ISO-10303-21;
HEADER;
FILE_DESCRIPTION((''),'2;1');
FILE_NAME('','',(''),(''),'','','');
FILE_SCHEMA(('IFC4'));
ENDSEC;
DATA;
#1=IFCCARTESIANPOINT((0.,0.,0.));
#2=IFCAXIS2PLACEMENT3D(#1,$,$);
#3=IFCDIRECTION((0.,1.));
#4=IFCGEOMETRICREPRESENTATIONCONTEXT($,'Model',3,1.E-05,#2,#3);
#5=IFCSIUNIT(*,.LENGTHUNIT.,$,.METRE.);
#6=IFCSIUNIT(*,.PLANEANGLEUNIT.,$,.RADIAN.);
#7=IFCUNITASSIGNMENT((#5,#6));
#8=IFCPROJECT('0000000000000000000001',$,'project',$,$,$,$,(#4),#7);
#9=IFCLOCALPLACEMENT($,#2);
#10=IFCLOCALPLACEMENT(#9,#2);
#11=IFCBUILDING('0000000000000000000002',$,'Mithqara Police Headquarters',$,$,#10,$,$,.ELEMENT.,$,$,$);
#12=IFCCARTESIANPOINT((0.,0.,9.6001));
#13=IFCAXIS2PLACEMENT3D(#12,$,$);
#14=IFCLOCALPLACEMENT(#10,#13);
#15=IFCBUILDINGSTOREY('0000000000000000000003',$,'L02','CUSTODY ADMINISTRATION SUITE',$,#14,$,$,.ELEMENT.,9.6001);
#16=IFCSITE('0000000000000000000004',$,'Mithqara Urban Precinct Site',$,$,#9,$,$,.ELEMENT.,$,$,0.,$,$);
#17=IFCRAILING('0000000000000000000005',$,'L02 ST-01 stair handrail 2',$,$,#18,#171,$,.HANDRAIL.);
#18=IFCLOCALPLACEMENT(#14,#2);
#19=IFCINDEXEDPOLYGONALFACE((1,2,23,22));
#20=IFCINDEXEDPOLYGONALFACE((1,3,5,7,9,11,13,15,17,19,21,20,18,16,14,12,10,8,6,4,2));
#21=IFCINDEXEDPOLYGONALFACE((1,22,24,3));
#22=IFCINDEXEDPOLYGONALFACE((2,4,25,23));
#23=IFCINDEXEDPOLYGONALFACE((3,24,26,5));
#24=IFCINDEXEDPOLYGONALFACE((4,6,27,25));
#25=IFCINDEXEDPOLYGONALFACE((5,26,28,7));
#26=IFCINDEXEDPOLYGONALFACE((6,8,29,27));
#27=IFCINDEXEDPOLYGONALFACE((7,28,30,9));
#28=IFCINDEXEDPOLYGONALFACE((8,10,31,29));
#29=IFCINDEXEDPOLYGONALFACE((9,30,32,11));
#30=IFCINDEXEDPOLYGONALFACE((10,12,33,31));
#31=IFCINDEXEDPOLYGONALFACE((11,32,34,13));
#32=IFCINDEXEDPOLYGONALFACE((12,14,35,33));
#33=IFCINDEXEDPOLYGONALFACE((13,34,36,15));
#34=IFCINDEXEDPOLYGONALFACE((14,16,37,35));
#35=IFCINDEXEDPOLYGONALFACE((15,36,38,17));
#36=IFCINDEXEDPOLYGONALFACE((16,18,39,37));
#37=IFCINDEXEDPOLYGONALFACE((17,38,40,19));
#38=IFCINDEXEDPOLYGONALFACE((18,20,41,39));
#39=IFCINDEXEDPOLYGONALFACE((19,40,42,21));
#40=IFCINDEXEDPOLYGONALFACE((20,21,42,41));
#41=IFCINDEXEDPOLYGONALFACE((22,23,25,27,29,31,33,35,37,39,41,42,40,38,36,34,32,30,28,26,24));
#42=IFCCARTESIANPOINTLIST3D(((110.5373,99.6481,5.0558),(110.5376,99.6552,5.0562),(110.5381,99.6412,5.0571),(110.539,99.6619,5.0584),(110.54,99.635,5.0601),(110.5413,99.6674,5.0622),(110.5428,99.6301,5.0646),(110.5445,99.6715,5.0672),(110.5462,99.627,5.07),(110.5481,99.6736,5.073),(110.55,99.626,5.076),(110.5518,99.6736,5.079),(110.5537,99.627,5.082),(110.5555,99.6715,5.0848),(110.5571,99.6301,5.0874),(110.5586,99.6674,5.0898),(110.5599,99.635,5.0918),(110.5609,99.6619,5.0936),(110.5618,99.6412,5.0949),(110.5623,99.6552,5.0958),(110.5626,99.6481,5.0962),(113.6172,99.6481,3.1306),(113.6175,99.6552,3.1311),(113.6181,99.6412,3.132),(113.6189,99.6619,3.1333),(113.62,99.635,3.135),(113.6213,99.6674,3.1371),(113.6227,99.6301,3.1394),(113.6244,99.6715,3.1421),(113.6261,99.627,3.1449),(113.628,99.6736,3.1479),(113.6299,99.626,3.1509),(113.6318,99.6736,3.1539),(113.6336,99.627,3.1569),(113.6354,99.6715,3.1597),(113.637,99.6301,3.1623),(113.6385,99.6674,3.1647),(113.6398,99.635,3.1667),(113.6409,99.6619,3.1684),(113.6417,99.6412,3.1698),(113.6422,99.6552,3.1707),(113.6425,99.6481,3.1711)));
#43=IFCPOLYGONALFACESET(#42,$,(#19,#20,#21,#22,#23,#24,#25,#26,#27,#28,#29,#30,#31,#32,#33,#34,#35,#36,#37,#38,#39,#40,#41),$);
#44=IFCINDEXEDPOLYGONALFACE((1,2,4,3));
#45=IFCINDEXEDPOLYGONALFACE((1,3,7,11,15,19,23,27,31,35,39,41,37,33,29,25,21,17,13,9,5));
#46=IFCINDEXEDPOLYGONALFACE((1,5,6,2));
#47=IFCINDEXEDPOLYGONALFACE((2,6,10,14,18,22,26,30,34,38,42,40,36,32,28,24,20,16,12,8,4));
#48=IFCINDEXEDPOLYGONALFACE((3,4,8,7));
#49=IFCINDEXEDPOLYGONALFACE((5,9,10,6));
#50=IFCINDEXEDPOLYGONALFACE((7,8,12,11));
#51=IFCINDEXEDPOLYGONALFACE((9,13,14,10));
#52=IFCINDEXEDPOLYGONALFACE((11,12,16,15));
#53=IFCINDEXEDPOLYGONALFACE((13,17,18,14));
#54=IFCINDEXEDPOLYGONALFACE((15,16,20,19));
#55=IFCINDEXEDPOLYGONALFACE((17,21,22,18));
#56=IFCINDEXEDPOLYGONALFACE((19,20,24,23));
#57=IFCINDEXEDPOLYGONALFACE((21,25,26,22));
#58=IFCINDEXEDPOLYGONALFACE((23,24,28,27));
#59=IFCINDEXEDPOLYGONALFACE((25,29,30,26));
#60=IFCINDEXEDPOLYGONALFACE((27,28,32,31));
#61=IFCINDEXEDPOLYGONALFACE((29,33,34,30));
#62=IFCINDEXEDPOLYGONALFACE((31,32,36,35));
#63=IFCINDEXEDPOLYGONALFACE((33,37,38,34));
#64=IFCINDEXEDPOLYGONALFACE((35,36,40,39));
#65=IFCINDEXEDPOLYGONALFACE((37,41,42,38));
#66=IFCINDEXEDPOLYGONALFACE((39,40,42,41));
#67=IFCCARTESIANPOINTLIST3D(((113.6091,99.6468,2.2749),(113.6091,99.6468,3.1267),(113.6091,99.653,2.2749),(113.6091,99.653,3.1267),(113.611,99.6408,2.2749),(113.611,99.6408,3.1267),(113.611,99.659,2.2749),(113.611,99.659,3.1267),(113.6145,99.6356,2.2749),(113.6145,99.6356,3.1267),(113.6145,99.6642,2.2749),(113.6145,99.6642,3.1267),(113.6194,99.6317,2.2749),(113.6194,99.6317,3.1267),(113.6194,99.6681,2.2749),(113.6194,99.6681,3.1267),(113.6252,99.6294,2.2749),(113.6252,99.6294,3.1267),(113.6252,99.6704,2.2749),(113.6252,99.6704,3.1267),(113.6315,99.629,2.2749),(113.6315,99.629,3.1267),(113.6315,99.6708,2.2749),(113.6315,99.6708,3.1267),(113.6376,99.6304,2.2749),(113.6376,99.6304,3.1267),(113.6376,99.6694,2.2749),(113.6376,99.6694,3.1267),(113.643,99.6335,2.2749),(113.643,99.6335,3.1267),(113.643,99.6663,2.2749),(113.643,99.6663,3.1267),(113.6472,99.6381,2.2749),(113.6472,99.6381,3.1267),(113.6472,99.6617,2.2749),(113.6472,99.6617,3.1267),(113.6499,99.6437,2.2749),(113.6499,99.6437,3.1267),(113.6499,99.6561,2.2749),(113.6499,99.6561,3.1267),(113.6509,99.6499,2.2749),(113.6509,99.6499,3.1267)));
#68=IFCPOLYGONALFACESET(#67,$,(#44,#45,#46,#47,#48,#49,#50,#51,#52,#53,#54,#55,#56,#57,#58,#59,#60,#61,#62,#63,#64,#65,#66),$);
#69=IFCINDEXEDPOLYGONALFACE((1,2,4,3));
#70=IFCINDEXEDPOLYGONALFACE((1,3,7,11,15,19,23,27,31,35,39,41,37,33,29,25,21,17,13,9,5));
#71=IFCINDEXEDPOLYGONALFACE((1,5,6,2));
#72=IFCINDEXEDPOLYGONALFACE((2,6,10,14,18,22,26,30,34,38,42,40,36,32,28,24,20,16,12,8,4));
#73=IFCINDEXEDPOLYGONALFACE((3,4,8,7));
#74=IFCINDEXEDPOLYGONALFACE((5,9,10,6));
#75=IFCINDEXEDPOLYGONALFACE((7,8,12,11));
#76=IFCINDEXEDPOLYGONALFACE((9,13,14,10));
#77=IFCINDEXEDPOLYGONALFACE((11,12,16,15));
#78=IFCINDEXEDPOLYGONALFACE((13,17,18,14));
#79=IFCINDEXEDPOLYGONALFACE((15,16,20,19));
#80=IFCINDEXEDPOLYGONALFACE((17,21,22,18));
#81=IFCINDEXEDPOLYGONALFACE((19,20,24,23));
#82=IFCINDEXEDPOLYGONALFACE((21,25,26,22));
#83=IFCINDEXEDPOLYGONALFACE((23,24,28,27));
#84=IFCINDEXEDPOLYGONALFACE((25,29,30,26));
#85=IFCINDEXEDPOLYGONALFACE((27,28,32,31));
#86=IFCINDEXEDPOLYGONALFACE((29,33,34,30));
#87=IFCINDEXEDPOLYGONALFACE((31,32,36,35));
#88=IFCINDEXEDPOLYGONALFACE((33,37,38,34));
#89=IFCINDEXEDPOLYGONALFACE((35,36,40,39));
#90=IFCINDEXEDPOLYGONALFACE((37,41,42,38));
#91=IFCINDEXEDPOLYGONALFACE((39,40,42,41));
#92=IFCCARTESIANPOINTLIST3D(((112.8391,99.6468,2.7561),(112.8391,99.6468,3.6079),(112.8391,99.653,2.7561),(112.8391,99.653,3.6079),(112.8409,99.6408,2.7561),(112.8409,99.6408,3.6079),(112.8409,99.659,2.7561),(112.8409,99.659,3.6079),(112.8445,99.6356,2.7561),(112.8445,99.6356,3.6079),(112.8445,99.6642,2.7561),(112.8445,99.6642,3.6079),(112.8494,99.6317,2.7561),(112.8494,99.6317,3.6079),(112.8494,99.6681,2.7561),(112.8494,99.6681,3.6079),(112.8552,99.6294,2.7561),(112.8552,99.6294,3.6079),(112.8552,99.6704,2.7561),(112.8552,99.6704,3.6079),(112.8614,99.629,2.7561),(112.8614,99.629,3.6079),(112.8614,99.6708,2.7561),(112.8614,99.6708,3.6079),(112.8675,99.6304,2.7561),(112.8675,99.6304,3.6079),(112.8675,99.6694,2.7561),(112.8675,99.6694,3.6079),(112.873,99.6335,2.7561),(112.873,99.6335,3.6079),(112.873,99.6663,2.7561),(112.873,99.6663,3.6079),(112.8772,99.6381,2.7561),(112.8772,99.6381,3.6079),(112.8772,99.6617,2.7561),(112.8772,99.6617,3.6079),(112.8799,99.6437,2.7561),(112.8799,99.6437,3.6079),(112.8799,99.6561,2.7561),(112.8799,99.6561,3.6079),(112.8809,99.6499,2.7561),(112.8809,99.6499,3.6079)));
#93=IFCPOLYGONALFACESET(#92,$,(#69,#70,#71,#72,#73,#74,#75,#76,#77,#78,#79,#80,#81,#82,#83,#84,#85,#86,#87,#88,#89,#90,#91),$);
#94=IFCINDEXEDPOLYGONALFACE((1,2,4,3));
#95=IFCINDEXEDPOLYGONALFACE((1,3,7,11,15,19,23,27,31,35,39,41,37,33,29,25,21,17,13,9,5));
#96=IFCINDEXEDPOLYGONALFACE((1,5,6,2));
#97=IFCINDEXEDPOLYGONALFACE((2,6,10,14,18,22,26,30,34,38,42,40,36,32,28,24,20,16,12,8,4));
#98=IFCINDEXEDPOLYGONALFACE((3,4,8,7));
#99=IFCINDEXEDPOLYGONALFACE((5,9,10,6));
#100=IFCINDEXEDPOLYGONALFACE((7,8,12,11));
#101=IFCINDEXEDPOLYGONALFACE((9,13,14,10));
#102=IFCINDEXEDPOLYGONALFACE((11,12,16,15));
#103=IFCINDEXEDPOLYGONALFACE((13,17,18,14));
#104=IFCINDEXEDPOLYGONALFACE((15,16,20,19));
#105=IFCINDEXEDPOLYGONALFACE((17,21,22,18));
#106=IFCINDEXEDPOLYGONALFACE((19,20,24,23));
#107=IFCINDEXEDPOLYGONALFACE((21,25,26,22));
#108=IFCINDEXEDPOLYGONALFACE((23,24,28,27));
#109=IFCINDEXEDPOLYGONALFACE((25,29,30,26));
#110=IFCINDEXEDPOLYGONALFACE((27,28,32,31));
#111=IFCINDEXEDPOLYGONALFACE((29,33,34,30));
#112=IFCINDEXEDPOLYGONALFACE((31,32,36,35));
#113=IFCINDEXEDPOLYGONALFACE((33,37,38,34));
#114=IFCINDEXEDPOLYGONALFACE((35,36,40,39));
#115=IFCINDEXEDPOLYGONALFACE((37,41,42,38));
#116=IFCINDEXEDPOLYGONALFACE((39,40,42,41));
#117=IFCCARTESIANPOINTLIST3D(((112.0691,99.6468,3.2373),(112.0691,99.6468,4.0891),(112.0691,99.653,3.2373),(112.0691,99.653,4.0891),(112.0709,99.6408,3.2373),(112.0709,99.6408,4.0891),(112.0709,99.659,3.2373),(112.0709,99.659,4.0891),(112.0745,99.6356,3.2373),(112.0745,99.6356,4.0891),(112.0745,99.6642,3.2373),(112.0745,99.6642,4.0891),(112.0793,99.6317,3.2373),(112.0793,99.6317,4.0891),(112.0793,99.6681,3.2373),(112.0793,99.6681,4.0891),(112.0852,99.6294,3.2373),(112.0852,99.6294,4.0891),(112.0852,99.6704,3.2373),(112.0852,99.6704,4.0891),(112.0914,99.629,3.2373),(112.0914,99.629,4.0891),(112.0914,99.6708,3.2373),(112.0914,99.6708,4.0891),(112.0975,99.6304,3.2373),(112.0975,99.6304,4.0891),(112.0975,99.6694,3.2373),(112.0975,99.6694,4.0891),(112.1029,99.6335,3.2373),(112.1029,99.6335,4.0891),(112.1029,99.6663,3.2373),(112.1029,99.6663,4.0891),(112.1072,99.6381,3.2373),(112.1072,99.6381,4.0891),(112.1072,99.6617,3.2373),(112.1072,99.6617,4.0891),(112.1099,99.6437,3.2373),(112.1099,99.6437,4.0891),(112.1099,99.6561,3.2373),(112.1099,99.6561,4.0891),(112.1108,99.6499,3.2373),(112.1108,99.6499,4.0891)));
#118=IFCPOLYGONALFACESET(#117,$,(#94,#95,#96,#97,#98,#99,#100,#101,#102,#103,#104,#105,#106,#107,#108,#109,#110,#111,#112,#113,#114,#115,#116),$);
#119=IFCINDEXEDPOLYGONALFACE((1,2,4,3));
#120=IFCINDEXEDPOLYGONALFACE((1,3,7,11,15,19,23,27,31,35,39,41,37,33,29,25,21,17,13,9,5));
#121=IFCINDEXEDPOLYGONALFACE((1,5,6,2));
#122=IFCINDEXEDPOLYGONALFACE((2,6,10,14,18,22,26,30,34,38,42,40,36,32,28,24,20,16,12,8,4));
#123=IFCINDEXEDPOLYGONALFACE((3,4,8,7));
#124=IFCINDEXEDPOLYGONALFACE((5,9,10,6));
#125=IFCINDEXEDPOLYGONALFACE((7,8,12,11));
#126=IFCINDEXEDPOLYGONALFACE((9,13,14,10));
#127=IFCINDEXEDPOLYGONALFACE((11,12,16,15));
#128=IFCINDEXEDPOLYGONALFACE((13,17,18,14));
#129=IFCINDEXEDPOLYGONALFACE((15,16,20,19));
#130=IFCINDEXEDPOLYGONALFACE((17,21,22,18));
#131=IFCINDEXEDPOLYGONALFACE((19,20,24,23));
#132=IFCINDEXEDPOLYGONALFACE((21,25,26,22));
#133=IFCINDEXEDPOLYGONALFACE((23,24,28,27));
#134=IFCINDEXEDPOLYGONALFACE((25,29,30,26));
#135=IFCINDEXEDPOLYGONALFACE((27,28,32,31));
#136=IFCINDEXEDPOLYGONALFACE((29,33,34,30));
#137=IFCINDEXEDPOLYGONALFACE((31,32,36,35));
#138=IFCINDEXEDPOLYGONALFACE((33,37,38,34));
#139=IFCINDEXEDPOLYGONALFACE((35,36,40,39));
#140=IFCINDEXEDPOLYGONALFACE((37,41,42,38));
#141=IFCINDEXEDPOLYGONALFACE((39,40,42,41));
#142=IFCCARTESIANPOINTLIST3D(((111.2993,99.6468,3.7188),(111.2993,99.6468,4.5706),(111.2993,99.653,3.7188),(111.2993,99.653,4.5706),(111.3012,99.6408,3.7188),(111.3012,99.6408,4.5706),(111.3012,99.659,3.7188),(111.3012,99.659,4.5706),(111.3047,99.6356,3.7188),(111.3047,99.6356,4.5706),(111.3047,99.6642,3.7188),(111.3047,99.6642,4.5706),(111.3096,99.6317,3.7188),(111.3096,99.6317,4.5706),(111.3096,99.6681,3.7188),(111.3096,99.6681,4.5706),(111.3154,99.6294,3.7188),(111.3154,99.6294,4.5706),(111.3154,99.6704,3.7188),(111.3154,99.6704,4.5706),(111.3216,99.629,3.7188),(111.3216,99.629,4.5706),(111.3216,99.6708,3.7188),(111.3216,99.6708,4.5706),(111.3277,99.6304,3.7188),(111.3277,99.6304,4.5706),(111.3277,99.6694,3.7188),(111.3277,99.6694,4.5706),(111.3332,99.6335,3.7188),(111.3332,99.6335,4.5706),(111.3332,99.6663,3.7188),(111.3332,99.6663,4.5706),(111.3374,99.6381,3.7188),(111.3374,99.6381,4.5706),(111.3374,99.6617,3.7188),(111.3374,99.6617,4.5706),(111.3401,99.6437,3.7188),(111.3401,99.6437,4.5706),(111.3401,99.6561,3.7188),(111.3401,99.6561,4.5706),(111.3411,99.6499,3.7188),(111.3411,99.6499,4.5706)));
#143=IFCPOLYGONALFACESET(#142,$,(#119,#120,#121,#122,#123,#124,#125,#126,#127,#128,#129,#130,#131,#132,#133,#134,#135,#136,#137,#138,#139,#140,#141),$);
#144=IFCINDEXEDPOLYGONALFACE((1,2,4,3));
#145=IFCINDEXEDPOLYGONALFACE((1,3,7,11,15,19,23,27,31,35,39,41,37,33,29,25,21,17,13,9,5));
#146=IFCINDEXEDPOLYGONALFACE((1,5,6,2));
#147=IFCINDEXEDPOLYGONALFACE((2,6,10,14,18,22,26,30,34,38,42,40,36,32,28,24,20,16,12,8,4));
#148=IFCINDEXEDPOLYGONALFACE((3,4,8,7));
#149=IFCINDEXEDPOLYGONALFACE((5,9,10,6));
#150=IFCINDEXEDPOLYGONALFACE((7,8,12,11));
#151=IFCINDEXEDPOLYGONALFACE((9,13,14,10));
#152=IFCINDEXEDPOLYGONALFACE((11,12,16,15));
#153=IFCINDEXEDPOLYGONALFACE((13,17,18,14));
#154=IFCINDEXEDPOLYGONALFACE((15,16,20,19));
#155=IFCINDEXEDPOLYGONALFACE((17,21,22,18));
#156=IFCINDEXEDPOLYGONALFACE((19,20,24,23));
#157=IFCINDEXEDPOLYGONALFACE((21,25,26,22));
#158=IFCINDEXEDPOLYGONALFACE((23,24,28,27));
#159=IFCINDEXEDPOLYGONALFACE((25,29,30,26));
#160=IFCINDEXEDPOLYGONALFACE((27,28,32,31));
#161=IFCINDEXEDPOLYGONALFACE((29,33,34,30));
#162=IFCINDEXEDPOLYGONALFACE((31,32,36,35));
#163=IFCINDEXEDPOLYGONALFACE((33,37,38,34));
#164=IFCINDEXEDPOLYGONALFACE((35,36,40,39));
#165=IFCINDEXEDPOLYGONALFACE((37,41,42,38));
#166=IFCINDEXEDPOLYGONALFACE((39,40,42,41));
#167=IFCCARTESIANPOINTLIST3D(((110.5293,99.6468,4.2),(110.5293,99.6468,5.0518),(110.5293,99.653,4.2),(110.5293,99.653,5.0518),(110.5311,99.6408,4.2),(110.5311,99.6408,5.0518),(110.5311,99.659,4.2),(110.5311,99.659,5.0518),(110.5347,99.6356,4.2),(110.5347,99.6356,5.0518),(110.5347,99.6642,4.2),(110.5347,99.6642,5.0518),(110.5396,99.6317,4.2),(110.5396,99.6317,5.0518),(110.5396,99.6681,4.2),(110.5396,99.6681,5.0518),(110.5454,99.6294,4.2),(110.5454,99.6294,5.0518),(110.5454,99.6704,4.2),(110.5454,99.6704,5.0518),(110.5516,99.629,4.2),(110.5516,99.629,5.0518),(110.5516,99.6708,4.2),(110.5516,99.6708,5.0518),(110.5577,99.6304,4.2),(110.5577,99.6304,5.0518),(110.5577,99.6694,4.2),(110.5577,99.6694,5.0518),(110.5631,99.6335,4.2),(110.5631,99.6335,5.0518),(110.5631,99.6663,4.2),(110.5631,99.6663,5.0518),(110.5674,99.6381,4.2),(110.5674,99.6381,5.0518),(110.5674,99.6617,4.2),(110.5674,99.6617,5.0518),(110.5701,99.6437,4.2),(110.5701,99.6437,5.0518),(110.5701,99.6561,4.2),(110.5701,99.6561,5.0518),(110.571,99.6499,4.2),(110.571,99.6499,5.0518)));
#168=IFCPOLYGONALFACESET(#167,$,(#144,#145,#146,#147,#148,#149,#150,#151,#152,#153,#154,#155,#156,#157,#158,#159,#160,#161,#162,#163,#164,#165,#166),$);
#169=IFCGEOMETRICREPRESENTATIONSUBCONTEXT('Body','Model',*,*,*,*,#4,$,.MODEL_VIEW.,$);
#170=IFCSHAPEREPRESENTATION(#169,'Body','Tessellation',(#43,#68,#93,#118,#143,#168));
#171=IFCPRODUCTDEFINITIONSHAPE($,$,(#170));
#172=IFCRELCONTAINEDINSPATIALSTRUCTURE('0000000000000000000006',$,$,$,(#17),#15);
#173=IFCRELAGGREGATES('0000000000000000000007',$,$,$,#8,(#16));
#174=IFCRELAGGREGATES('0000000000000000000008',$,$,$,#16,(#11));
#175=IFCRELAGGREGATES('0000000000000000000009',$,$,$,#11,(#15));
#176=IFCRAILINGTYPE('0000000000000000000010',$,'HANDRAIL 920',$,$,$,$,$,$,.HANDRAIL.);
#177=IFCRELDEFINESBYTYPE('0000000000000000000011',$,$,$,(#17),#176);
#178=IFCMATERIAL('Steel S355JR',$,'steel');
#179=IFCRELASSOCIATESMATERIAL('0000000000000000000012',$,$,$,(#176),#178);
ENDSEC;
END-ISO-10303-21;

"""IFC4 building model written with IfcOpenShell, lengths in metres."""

from ifc_helpers import new_model, si_unit, direction, frame, origin, origin_2d, place, context, subcontext, project, spatial, circle, extrude, material, type_object, element, save


model = new_model("IFC4")

# Units and contexts
model_context = context("Model", 3, precision=1e-05, world=origin(), true_north=direction((0.0, 1.0)))
body_context = subcontext(model_context, "Body", "Model", "MODEL_VIEW")
ifc_project = project(units=[si_unit("LENGTHUNIT", "METRE"), si_unit("PLANEANGLEUNIT", "RADIAN")], contexts=[model_context])

# Site, building, storey
site_placement = place(None, origin())
site = spatial("IfcSite", under=ifc_project, at=site_placement, Name="Mithqara Urban Precinct Site", CompositionType="ELEMENT", RefElevation=0.0)
building_placement = place(site_placement, origin())
building = spatial("IfcBuilding", under=site, at=building_placement, Name="Mithqara Police Headquarters", CompositionType="ELEMENT")
storey_placement = place(building_placement, frame((0.0, 0.0, 9.6001)))
storey = spatial("IfcBuildingStorey", under=building, at=storey_placement, Name="L02", Description="CUSTODY ADMINISTRATION SUITE", CompositionType="ELEMENT", Elevation=9.6001)

# Shared definitions
ifc_material_1 = material(Name="Steel S355JR", Category="steel")

# Railing
railing_type_1 = type_object("IfcRailingType", Name="HANDRAIL 920", PredefinedType="HANDRAIL", material=ifc_material_1)
railing_1_placement = place(storey_placement, frame((113.6299, 99.6499, 2.2749)))
element("IfcRailing", 1, at=railing_1_placement, inside=storey, type_object=railing_type_1, Name="L02 ST-01 stair handrail 2", PredefinedType="HANDRAIL", context=body_context, shape_type="SweptSolid", body=[
    extrude(circle(Radius=0.0239, at=origin_2d()), frame((0.0, 0.0, 0.876), z_axis=(-0.847979, 0.0, 0.530029), x_axis=(0.0, -1.0, 0.0)), (0.0, 0.0, 1.0), 3.6321),
    extrude(circle(Radius=0.021, at=origin_2d()), origin(), (0.0, 0.0, 1.0), 0.8518),
    extrude(circle(Radius=0.021, at=origin_2d()), frame((-0.77, 0.0, 0.4812)), (0.0, 0.0, 1.0), 0.8518),
    extrude(circle(Radius=0.021, at=origin_2d()), frame((-1.54, 0.0, 0.9624)), (0.0, 0.0, 1.0), 0.8518),
    extrude(circle(Radius=0.021, at=origin_2d()), frame((-2.3098, 0.0, 1.4438)), (0.0, 0.0, 1.0), 0.8518),
    extrude(circle(Radius=0.021, at=origin_2d()), frame((-3.0798, 0.0, 1.925)), (0.0, 0.0, 1.0), 0.8518),
])

save(model, "model.ifc")
